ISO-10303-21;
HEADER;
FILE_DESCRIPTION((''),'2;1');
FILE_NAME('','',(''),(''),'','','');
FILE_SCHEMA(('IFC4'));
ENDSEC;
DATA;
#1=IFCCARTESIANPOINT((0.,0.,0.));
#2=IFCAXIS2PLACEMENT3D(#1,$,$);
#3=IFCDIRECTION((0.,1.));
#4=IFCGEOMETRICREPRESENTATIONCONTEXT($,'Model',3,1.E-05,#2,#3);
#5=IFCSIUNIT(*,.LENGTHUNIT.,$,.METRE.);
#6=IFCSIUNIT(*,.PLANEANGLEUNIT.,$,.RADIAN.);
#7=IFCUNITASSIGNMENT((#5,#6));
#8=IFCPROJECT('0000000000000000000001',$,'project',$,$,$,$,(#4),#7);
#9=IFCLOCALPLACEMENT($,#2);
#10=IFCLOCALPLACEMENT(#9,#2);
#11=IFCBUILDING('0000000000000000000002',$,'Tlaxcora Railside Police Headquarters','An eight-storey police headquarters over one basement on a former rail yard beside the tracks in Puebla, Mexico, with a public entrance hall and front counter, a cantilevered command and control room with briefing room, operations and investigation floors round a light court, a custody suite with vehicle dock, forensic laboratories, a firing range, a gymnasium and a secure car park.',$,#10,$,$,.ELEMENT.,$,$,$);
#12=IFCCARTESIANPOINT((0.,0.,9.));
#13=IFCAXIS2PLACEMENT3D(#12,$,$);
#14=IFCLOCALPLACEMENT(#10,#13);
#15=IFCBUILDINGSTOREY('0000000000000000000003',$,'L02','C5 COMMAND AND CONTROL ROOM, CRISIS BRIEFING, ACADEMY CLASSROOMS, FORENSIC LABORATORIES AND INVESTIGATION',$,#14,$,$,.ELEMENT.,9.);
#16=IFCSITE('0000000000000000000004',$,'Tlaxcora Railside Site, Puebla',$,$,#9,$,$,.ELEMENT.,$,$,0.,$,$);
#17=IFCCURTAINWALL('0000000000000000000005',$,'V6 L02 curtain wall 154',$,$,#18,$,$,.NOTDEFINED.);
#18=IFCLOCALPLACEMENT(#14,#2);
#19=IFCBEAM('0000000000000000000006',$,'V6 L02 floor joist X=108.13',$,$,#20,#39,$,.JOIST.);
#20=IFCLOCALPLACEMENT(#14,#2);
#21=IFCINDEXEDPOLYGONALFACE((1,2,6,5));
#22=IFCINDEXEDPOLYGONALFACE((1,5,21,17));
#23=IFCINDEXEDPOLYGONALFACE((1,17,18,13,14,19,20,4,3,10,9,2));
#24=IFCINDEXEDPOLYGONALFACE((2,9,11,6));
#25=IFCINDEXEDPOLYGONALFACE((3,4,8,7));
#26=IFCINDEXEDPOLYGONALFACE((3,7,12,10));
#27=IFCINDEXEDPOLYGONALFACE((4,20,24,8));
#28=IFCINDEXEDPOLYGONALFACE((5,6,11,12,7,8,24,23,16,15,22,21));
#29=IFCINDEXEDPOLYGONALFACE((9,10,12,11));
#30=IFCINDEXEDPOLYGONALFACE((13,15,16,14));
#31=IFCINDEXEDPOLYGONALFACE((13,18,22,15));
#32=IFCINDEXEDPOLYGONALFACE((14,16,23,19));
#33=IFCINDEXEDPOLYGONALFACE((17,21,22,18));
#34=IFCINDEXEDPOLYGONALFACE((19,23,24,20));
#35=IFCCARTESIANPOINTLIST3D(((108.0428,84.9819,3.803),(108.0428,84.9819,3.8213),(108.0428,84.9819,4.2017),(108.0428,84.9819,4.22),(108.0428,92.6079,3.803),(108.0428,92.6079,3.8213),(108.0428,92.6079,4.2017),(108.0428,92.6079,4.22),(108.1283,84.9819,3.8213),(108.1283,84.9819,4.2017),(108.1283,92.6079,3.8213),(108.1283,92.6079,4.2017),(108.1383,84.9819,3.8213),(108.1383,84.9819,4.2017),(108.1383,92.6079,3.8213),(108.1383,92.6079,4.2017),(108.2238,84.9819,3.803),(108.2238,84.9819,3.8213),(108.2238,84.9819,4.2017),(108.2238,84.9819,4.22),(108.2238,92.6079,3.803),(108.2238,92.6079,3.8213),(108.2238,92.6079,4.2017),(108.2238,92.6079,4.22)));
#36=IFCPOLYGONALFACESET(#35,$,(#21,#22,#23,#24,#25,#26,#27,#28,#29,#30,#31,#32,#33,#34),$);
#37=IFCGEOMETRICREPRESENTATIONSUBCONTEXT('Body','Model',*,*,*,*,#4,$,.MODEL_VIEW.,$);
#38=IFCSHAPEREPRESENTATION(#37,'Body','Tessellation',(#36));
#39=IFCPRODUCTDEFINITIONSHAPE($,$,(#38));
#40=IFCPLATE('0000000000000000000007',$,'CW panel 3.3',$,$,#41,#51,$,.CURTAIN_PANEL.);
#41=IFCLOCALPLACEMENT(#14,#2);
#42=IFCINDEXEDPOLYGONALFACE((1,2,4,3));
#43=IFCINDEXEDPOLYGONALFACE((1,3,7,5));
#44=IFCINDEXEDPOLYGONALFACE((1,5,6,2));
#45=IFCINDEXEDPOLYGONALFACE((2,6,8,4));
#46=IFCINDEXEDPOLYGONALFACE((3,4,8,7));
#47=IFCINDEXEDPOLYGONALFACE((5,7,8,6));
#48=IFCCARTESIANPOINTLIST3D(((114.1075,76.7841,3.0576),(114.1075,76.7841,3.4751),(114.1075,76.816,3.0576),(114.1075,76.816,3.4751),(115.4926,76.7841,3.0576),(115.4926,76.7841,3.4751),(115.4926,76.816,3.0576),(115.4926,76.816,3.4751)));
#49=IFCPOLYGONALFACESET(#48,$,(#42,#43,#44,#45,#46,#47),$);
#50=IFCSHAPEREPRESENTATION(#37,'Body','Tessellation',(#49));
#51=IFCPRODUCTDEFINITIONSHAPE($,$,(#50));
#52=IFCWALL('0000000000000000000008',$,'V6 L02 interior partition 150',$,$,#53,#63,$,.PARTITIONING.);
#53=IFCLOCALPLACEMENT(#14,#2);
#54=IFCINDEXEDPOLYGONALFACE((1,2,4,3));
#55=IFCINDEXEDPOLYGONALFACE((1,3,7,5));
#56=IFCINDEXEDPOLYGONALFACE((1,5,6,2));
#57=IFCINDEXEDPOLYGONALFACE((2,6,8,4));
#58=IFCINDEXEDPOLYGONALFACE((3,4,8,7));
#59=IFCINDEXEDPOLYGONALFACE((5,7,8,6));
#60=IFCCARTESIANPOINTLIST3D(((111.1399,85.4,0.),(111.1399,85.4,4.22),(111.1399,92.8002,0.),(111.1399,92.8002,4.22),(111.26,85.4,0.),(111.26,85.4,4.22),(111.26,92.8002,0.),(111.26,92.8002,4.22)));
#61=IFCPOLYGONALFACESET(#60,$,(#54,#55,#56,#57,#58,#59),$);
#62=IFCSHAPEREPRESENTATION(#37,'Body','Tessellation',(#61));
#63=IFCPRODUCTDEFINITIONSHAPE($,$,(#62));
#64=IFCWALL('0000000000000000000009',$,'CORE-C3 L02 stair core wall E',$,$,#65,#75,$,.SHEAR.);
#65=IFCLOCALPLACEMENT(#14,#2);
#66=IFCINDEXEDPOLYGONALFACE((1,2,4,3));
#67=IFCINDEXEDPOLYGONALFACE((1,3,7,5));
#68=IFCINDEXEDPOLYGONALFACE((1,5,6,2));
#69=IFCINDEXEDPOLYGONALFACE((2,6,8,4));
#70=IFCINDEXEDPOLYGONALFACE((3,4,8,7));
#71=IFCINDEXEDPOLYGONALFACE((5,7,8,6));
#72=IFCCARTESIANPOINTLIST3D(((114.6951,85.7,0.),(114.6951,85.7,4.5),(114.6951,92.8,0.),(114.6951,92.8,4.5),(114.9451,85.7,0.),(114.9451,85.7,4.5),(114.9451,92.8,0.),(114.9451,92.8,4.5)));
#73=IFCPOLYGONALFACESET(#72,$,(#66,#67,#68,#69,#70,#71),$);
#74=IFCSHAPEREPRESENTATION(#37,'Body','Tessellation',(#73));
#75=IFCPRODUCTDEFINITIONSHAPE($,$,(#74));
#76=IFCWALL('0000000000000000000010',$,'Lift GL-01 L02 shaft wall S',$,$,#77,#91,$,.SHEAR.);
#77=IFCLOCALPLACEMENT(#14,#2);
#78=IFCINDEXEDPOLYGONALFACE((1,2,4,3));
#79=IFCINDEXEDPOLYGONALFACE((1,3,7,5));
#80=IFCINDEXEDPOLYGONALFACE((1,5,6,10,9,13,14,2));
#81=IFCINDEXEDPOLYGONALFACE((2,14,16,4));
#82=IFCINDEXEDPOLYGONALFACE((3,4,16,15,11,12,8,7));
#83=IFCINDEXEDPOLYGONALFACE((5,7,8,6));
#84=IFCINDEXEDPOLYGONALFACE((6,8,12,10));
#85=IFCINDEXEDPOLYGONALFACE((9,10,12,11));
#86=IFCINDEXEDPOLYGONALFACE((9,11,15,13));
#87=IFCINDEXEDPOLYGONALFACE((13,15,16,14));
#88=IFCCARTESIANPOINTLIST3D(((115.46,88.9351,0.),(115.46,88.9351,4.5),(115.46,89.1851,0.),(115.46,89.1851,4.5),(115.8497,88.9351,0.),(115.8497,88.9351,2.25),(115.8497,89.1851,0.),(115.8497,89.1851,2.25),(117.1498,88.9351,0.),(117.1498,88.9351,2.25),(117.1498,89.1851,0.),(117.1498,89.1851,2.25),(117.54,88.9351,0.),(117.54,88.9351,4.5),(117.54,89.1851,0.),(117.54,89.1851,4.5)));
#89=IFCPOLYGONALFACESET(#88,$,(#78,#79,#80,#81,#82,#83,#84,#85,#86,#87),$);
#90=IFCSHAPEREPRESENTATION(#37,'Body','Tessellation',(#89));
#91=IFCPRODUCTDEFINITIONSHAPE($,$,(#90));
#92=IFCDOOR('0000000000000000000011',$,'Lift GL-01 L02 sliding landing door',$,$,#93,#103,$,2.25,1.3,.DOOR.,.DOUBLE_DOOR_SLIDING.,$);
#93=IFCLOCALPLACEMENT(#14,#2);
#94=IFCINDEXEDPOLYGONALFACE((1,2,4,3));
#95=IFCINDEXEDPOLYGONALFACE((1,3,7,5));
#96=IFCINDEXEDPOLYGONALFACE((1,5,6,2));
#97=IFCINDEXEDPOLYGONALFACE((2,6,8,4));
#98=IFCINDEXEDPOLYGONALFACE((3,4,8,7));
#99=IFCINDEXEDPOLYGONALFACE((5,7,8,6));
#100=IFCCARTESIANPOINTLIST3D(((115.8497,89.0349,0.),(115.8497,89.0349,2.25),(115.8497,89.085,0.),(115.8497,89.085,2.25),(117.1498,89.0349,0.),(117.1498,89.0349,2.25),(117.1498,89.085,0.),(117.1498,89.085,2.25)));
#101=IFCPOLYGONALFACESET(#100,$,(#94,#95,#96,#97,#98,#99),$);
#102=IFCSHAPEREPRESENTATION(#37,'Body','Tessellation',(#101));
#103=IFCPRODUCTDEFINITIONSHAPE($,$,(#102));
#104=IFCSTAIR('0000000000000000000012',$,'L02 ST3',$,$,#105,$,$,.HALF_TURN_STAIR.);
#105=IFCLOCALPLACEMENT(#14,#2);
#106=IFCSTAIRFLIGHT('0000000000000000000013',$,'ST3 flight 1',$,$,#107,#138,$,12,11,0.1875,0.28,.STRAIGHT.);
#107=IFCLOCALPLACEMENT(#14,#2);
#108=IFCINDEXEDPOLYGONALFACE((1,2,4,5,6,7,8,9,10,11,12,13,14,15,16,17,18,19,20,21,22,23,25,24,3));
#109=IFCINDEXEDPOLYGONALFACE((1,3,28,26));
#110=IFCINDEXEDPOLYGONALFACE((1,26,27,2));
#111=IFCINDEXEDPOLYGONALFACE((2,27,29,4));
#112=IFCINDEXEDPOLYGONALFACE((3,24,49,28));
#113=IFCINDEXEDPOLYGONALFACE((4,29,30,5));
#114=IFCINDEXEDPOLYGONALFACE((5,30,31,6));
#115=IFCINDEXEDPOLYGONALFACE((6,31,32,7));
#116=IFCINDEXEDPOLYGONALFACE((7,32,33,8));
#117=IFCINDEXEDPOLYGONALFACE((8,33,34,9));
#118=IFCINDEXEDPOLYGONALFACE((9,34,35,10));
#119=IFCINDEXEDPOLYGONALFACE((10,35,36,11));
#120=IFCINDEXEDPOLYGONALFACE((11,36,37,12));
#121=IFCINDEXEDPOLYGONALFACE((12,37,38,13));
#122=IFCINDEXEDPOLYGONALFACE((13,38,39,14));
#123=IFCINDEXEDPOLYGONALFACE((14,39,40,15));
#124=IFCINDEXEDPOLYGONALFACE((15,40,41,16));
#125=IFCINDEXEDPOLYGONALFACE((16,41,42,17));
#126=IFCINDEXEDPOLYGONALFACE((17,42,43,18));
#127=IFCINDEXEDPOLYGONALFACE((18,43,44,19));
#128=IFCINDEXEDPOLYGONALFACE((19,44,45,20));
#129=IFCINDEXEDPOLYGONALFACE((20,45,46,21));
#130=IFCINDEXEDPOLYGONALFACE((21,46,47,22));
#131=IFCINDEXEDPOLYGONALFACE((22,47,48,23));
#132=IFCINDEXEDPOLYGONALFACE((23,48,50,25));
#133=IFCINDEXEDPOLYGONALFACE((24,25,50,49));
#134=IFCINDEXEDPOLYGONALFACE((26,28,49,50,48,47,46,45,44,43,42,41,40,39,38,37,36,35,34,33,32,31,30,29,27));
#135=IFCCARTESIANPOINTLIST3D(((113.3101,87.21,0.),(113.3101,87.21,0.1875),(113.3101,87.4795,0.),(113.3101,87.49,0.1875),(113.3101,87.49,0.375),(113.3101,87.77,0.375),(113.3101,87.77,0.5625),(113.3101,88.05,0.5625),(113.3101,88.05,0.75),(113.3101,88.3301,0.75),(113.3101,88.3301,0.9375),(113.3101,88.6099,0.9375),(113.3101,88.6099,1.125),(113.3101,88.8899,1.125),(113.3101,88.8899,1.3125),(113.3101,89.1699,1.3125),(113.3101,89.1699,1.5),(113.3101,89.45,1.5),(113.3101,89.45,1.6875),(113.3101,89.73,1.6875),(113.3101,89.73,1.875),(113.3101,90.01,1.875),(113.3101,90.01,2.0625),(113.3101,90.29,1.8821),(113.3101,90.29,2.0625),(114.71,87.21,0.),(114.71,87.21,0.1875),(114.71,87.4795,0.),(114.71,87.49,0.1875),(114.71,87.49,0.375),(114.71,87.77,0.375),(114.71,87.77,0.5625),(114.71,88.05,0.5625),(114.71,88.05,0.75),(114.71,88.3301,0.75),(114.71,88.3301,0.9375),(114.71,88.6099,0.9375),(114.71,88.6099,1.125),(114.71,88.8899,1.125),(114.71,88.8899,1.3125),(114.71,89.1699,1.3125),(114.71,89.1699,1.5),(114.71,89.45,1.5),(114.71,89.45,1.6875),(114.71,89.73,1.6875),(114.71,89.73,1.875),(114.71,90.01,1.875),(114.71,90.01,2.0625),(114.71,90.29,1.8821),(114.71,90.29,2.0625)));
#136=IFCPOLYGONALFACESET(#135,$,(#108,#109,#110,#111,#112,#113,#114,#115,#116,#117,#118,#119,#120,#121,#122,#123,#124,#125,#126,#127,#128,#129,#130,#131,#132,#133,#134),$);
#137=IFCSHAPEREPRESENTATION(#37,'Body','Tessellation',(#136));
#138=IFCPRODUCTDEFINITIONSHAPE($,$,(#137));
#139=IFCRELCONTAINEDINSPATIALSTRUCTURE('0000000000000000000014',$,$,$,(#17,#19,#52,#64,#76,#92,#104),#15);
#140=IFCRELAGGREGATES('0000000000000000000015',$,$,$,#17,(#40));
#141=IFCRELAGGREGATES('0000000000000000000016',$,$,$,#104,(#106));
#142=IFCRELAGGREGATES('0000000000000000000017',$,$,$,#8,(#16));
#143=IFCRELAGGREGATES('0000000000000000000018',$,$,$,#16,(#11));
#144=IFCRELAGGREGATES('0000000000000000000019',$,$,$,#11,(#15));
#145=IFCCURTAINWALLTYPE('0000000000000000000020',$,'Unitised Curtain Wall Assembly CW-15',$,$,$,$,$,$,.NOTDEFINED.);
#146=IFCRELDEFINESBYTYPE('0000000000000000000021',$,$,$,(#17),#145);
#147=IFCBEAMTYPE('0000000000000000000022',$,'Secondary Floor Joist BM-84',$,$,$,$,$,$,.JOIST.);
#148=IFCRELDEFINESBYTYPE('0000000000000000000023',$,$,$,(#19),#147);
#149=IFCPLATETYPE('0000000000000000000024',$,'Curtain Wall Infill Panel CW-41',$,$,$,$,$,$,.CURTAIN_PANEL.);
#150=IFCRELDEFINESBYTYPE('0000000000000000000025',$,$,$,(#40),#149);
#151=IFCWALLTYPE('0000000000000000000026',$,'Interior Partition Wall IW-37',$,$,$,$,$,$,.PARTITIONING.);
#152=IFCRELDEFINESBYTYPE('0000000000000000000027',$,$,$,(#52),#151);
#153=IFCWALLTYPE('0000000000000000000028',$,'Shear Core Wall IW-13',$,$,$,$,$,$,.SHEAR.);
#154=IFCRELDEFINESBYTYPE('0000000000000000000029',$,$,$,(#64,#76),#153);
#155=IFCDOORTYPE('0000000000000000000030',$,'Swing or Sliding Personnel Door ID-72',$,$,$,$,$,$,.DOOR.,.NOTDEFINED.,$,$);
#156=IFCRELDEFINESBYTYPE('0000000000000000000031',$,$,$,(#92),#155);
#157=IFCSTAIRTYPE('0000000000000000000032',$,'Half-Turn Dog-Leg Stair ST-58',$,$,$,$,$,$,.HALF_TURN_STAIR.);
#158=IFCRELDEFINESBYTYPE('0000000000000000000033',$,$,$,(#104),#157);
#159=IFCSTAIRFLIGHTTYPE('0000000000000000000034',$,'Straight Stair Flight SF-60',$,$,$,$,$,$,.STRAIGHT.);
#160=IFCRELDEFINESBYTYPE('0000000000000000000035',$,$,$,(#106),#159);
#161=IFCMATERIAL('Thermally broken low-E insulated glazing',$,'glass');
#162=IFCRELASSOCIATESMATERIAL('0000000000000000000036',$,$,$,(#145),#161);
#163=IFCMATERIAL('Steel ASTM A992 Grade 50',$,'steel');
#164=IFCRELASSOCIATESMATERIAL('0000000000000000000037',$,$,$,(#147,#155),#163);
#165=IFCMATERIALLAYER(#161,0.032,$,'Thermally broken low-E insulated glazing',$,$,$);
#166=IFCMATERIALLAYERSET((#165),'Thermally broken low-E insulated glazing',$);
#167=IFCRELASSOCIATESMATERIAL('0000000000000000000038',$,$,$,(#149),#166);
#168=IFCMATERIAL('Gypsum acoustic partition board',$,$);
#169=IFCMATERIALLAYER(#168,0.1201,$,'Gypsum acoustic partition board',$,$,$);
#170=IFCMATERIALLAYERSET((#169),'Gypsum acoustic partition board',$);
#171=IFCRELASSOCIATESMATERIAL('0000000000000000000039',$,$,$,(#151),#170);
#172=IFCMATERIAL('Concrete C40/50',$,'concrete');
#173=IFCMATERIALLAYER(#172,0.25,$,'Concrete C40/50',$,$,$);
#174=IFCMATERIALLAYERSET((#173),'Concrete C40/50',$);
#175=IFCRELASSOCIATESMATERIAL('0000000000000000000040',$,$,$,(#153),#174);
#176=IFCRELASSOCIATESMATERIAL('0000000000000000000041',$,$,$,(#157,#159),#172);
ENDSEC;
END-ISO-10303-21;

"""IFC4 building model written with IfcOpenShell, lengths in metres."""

from ifc_helpers import new_model, si_unit, direction, frame, frame_2d, origin, origin_2d, place, context, subcontext, project, spatial, polyline, rectangle, i_section, outline, extrude, material, layer, layer_set, material_profile, profile_set, type_object, element, fill, aggregate, save


model = new_model("IFC4")

# Units and contexts
model_context = context("Model", 3, precision=1e-05, world=origin(), true_north=direction((0.0, 1.0)))
body_context = subcontext(model_context, "Body", "Model", "MODEL_VIEW")
ifc_project = project(units=[si_unit("LENGTHUNIT", "METRE"), si_unit("PLANEANGLEUNIT", "RADIAN")], contexts=[model_context])

# Site, building, storey
site_placement = place(None, origin())
site = spatial("IfcSite", under=ifc_project, at=site_placement, Name="Tlaxcora Railside Site, Puebla", CompositionType="ELEMENT", RefElevation=0.0)
building_placement = place(site_placement, origin())
building = spatial("IfcBuilding", under=site, at=building_placement, Name="Tlaxcora Railside Police Headquarters", Description="An eight-storey police headquarters over one basement on a former rail yard beside the tracks in Puebla, Mexico, with a public entrance hall and front counter, a cantilevered command and control room with briefing room, operations and investigation floors round a light court, a custody suite with vehicle dock, forensic laboratories, a firing range, a gymnasium and a secure car park.", CompositionType="ELEMENT")
storey_placement = place(building_placement, frame((0.0, 0.0, 9.0)))
storey = spatial("IfcBuildingStorey", under=building, at=storey_placement, Name="L02", Description="C5 COMMAND AND CONTROL ROOM, CRISIS BRIEFING, ACADEMY CLASSROOMS, FORENSIC LABORATORIES AND INVESTIGATION", CompositionType="ELEMENT", Elevation=9.0)

# Shared definitions
ifc_material_1 = material(Name="Concrete C40/50", Category="concrete")

# Curtain wall
ifc_material_2 = material(Name="Thermally broken low-E insulated glazing", Category="glass")
curtain_wall_type = type_object("IfcCurtainWallType", Name="Unitised Curtain Wall Assembly CW-15", PredefinedType="NOTDEFINED", material=ifc_material_2)
curtain_wall_placement = place(storey_placement, origin())
curtain_wall = element("IfcCurtainWall", 1, at=curtain_wall_placement, inside=storey, type_object=curtain_wall_type, Name="V6 L02 curtain wall 154", PredefinedType="NOTDEFINED")

# Beam
ifc_material_3 = material(Name="Steel ASTM A992 Grade 50", Category="steel")
ifc_material_profile_1 = material_profile(ifc_material_3, i_section(OverallWidth=0.1809, OverallDepth=0.417, WebThickness=0.01, FlangeThickness=0.0183, at=origin_2d()), Name="W16X57")
ifc_profile_set_1 = profile_set([ifc_material_profile_1], Name="Steel ASTM A992 Grade 50")
beam_type_1 = type_object("IfcBeamType", Name="Secondary Floor Joist BM-84", PredefinedType="JOIST", material=ifc_profile_set_1)
beam_1_placement = place(storey_placement, frame((108.1333, 84.9819, 4.0115), z_axis=(0.0, 1.0, 0.0), x_axis=(-1.0, 0.0, 0.0)))
element("IfcBeam", 2, at=beam_1_placement, inside=storey, type_object=beam_type_1, Name="V6 L02 floor joist X=108.13", PredefinedType="JOIST", context=body_context, shape_type="SweptSolid", body=[
    extrude(i_section(OverallWidth=0.1809, OverallDepth=0.417, WebThickness=0.01, FlangeThickness=0.0183, at=origin_2d()), origin(), (0.0, 0.0, 1.0), 7.626),
])

# Plate
ifc_layer_1 = layer(ifc_material_2, 0.032, Name="Thermally broken low-E insulated glazing")
ifc_layer_set_1 = layer_set([ifc_layer_1], Name="Thermally broken low-E insulated glazing")
plate_type = type_object("IfcPlateType", Name="Curtain Wall Infill Panel CW-41", PredefinedType="CURTAIN_PANEL", material=ifc_layer_set_1)
plate_placement = place(storey_placement, frame((114.8, 76.8, 3.0576), z_axis=(0.0, 0.0, 1.0), x_axis=(1.0, 0.0, 0.0)))
plate = element("IfcPlate", 3, at=plate_placement, type_object=plate_type, Name="CW panel 3.3", PredefinedType="CURTAIN_PANEL", context=body_context, shape_type="SweptSolid", body=[
    extrude(rectangle(XDim=1.385, YDim=0.032, at=origin_2d()), origin(), (0.0, 0.0, 1.0), 0.4175),
])
aggregate(curtain_wall, [plate])

# Wall
ifc_material_4 = material(Name="Gypsum acoustic partition board")
ifc_layer_2 = layer(ifc_material_4, 0.1201, Name="Gypsum acoustic partition board")
ifc_layer_set_2 = layer_set([ifc_layer_2], Name="Gypsum acoustic partition board")
wall_type_1 = type_object("IfcWallType", Name="Interior Partition Wall IW-37", PredefinedType="PARTITIONING", material=ifc_layer_set_2)
wall_1_placement = place(storey_placement, frame((111.2, 85.3999, 0.0), z_axis=(0.0, 0.0, 1.0), x_axis=(0.0, 1.0, 0.0)))
element("IfcWall", 4, at=wall_1_placement, inside=storey, type_object=wall_type_1, Name="V6 L02 interior partition 150", PredefinedType="PARTITIONING", context=body_context, shape_type="SweptSolid", body=[
    extrude(rectangle(XDim=7.4001, YDim=0.1201, at=frame_2d((3.7002, 0.0))), origin(), (0.0, 0.0, 1.0), 4.22),
])

# Shared definitions
ifc_layer_3 = layer(ifc_material_1, 0.25, Name="Concrete C40/50")
ifc_layer_set_3 = layer_set([ifc_layer_3], Name="Concrete C40/50")
wall_type_2 = type_object("IfcWallType", Name="Shear Core Wall IW-13", PredefinedType="SHEAR", material=ifc_layer_set_3)

# Wall
wall_2_placement = place(storey_placement, frame((114.8201, 85.7, 0.0), z_axis=(0.0, 0.0, 1.0), x_axis=(0.0, 1.0, 0.0)))
element("IfcWall", 5, at=wall_2_placement, inside=storey, type_object=wall_type_2, Name="CORE-C3 L02 stair core wall E", PredefinedType="SHEAR", context=body_context, shape_type="SweptSolid", body=[
    extrude(rectangle(XDim=7.1001, YDim=0.25, at=frame_2d((3.55, 0.0))), origin(), (0.0, 0.0, 1.0), 4.5),
])

# Wall, opening, door
wall_3_placement = place(storey_placement, frame((115.46, 89.0601, 0.0), z_axis=(0.0, 0.0, 1.0), x_axis=(1.0, 0.0, 0.0)))
wall_3 = element("IfcWall", 6, at=wall_3_placement, inside=storey, type_object=wall_type_2, Name="Lift GL-01 L02 shaft wall S", PredefinedType="SHEAR", context=body_context, shape_type="SweptSolid", body=[
    extrude(rectangle(XDim=2.0801, YDim=0.25, at=frame_2d((1.04, 0.0))), origin(), (0.0, 0.0, 1.0), 4.5),
])
opening_1_placement = place(wall_3_placement, frame((0.3899, 0.0, 0.0)))
opening_1 = element("IfcOpeningElement", 7, at=opening_1_placement, cuts=wall_3, PredefinedType="OPENING", context=body_context, shape_type="SweptSolid", body=[
    extrude(rectangle(XDim=1.3, YDim=2.25, at=frame_2d((0.6499, 1.125))), frame((0.0, 0.135, 0.0), z_axis=(0.0, -1.0, 0.0), x_axis=(1.0, 0.0, 0.0)), (0.0, 0.0, 1.0), 0.27),
])
door_type_1 = type_object("IfcDoorType", Name="Swing or Sliding Personnel Door ID-72", OperationType="NOTDEFINED", PredefinedType="DOOR", material=ifc_material_3)
door_1_placement = place(opening_1_placement, origin())
door_1 = element("IfcDoor", 8, at=door_1_placement, inside=storey, type_object=door_type_1, Name="Lift GL-01 L02 sliding landing door", OperationType="DOUBLE_DOOR_SLIDING", OverallHeight=2.25, OverallWidth=1.3, PredefinedType="DOOR", context=body_context, shape_type="SweptSolid", body=[
    extrude(rectangle(XDim=1.3, YDim=2.25, at=frame_2d((0.6499, 1.125))), frame((0.0, 0.0249, 0.0), z_axis=(0.0, -1.0, 0.0), x_axis=(1.0, 0.0, 0.0)), (0.0, 0.0, 1.0), 0.05),
])
fill(opening_1, door_1)

# Stair, stair flight
stair_type = type_object("IfcStairType", Name="Half-Turn Dog-Leg Stair ST-58", PredefinedType="HALF_TURN_STAIR", material=ifc_material_1)
stair_placement = place(storey_placement, origin())
stair = element("IfcStair", 9, at=stair_placement, inside=storey, type_object=stair_type, Name="L02 ST3", PredefinedType="HALF_TURN_STAIR")
stair_flight_type = type_object("IfcStairFlightType", Name="Straight Stair Flight SF-60", PredefinedType="STRAIGHT", material=ifc_material_1)
stair_flight_placement = place(storey_placement, frame((114.01, 87.21, 0.0), z_axis=(0.0, 0.0, 1.0), x_axis=(0.0, 1.0, 0.0)))
stair_flight = element("IfcStairFlight", 10, at=stair_flight_placement, type_object=stair_flight_type, Name="ST3 flight 1", NumberOfRisers=12, NumberOfTreads=11, PredefinedType="STRAIGHT", RiserHeight=0.1875, TreadLength=0.28, context=body_context, shape_type="SweptSolid", body=[
    extrude(outline(polyline([(0.0, 0.0), (0.0, 0.1875), (0.28, 0.1875), (0.28, 0.375), (0.5601, 0.375), (0.5601, 0.5625), (0.8401, 0.5625), (0.8401, 0.75), (1.1201, 0.75), (1.1201, 0.9375), (1.3999, 0.9375), (1.3999, 1.125), (1.6799, 1.125), (1.6799, 1.3125), (1.96, 1.3125), (1.96, 1.5), (2.24, 1.5), (2.24, 1.6875), (2.52, 1.6875), (2.52, 1.875), (2.8, 1.875), (2.8, 2.0625), (3.0801, 2.0625), (3.0801, 2.25), (3.0801, 1.8821), (0.2695, 0.0), (0.0, 0.0)])), frame((0.0, 0.7, 0.0), z_axis=(0.0, -1.0, 0.0), x_axis=(1.0, 0.0, 0.0)), (0.0, 0.0, 1.0), 1.3999),
])
aggregate(stair, [stair_flight])

save(model, "model.ifc")
